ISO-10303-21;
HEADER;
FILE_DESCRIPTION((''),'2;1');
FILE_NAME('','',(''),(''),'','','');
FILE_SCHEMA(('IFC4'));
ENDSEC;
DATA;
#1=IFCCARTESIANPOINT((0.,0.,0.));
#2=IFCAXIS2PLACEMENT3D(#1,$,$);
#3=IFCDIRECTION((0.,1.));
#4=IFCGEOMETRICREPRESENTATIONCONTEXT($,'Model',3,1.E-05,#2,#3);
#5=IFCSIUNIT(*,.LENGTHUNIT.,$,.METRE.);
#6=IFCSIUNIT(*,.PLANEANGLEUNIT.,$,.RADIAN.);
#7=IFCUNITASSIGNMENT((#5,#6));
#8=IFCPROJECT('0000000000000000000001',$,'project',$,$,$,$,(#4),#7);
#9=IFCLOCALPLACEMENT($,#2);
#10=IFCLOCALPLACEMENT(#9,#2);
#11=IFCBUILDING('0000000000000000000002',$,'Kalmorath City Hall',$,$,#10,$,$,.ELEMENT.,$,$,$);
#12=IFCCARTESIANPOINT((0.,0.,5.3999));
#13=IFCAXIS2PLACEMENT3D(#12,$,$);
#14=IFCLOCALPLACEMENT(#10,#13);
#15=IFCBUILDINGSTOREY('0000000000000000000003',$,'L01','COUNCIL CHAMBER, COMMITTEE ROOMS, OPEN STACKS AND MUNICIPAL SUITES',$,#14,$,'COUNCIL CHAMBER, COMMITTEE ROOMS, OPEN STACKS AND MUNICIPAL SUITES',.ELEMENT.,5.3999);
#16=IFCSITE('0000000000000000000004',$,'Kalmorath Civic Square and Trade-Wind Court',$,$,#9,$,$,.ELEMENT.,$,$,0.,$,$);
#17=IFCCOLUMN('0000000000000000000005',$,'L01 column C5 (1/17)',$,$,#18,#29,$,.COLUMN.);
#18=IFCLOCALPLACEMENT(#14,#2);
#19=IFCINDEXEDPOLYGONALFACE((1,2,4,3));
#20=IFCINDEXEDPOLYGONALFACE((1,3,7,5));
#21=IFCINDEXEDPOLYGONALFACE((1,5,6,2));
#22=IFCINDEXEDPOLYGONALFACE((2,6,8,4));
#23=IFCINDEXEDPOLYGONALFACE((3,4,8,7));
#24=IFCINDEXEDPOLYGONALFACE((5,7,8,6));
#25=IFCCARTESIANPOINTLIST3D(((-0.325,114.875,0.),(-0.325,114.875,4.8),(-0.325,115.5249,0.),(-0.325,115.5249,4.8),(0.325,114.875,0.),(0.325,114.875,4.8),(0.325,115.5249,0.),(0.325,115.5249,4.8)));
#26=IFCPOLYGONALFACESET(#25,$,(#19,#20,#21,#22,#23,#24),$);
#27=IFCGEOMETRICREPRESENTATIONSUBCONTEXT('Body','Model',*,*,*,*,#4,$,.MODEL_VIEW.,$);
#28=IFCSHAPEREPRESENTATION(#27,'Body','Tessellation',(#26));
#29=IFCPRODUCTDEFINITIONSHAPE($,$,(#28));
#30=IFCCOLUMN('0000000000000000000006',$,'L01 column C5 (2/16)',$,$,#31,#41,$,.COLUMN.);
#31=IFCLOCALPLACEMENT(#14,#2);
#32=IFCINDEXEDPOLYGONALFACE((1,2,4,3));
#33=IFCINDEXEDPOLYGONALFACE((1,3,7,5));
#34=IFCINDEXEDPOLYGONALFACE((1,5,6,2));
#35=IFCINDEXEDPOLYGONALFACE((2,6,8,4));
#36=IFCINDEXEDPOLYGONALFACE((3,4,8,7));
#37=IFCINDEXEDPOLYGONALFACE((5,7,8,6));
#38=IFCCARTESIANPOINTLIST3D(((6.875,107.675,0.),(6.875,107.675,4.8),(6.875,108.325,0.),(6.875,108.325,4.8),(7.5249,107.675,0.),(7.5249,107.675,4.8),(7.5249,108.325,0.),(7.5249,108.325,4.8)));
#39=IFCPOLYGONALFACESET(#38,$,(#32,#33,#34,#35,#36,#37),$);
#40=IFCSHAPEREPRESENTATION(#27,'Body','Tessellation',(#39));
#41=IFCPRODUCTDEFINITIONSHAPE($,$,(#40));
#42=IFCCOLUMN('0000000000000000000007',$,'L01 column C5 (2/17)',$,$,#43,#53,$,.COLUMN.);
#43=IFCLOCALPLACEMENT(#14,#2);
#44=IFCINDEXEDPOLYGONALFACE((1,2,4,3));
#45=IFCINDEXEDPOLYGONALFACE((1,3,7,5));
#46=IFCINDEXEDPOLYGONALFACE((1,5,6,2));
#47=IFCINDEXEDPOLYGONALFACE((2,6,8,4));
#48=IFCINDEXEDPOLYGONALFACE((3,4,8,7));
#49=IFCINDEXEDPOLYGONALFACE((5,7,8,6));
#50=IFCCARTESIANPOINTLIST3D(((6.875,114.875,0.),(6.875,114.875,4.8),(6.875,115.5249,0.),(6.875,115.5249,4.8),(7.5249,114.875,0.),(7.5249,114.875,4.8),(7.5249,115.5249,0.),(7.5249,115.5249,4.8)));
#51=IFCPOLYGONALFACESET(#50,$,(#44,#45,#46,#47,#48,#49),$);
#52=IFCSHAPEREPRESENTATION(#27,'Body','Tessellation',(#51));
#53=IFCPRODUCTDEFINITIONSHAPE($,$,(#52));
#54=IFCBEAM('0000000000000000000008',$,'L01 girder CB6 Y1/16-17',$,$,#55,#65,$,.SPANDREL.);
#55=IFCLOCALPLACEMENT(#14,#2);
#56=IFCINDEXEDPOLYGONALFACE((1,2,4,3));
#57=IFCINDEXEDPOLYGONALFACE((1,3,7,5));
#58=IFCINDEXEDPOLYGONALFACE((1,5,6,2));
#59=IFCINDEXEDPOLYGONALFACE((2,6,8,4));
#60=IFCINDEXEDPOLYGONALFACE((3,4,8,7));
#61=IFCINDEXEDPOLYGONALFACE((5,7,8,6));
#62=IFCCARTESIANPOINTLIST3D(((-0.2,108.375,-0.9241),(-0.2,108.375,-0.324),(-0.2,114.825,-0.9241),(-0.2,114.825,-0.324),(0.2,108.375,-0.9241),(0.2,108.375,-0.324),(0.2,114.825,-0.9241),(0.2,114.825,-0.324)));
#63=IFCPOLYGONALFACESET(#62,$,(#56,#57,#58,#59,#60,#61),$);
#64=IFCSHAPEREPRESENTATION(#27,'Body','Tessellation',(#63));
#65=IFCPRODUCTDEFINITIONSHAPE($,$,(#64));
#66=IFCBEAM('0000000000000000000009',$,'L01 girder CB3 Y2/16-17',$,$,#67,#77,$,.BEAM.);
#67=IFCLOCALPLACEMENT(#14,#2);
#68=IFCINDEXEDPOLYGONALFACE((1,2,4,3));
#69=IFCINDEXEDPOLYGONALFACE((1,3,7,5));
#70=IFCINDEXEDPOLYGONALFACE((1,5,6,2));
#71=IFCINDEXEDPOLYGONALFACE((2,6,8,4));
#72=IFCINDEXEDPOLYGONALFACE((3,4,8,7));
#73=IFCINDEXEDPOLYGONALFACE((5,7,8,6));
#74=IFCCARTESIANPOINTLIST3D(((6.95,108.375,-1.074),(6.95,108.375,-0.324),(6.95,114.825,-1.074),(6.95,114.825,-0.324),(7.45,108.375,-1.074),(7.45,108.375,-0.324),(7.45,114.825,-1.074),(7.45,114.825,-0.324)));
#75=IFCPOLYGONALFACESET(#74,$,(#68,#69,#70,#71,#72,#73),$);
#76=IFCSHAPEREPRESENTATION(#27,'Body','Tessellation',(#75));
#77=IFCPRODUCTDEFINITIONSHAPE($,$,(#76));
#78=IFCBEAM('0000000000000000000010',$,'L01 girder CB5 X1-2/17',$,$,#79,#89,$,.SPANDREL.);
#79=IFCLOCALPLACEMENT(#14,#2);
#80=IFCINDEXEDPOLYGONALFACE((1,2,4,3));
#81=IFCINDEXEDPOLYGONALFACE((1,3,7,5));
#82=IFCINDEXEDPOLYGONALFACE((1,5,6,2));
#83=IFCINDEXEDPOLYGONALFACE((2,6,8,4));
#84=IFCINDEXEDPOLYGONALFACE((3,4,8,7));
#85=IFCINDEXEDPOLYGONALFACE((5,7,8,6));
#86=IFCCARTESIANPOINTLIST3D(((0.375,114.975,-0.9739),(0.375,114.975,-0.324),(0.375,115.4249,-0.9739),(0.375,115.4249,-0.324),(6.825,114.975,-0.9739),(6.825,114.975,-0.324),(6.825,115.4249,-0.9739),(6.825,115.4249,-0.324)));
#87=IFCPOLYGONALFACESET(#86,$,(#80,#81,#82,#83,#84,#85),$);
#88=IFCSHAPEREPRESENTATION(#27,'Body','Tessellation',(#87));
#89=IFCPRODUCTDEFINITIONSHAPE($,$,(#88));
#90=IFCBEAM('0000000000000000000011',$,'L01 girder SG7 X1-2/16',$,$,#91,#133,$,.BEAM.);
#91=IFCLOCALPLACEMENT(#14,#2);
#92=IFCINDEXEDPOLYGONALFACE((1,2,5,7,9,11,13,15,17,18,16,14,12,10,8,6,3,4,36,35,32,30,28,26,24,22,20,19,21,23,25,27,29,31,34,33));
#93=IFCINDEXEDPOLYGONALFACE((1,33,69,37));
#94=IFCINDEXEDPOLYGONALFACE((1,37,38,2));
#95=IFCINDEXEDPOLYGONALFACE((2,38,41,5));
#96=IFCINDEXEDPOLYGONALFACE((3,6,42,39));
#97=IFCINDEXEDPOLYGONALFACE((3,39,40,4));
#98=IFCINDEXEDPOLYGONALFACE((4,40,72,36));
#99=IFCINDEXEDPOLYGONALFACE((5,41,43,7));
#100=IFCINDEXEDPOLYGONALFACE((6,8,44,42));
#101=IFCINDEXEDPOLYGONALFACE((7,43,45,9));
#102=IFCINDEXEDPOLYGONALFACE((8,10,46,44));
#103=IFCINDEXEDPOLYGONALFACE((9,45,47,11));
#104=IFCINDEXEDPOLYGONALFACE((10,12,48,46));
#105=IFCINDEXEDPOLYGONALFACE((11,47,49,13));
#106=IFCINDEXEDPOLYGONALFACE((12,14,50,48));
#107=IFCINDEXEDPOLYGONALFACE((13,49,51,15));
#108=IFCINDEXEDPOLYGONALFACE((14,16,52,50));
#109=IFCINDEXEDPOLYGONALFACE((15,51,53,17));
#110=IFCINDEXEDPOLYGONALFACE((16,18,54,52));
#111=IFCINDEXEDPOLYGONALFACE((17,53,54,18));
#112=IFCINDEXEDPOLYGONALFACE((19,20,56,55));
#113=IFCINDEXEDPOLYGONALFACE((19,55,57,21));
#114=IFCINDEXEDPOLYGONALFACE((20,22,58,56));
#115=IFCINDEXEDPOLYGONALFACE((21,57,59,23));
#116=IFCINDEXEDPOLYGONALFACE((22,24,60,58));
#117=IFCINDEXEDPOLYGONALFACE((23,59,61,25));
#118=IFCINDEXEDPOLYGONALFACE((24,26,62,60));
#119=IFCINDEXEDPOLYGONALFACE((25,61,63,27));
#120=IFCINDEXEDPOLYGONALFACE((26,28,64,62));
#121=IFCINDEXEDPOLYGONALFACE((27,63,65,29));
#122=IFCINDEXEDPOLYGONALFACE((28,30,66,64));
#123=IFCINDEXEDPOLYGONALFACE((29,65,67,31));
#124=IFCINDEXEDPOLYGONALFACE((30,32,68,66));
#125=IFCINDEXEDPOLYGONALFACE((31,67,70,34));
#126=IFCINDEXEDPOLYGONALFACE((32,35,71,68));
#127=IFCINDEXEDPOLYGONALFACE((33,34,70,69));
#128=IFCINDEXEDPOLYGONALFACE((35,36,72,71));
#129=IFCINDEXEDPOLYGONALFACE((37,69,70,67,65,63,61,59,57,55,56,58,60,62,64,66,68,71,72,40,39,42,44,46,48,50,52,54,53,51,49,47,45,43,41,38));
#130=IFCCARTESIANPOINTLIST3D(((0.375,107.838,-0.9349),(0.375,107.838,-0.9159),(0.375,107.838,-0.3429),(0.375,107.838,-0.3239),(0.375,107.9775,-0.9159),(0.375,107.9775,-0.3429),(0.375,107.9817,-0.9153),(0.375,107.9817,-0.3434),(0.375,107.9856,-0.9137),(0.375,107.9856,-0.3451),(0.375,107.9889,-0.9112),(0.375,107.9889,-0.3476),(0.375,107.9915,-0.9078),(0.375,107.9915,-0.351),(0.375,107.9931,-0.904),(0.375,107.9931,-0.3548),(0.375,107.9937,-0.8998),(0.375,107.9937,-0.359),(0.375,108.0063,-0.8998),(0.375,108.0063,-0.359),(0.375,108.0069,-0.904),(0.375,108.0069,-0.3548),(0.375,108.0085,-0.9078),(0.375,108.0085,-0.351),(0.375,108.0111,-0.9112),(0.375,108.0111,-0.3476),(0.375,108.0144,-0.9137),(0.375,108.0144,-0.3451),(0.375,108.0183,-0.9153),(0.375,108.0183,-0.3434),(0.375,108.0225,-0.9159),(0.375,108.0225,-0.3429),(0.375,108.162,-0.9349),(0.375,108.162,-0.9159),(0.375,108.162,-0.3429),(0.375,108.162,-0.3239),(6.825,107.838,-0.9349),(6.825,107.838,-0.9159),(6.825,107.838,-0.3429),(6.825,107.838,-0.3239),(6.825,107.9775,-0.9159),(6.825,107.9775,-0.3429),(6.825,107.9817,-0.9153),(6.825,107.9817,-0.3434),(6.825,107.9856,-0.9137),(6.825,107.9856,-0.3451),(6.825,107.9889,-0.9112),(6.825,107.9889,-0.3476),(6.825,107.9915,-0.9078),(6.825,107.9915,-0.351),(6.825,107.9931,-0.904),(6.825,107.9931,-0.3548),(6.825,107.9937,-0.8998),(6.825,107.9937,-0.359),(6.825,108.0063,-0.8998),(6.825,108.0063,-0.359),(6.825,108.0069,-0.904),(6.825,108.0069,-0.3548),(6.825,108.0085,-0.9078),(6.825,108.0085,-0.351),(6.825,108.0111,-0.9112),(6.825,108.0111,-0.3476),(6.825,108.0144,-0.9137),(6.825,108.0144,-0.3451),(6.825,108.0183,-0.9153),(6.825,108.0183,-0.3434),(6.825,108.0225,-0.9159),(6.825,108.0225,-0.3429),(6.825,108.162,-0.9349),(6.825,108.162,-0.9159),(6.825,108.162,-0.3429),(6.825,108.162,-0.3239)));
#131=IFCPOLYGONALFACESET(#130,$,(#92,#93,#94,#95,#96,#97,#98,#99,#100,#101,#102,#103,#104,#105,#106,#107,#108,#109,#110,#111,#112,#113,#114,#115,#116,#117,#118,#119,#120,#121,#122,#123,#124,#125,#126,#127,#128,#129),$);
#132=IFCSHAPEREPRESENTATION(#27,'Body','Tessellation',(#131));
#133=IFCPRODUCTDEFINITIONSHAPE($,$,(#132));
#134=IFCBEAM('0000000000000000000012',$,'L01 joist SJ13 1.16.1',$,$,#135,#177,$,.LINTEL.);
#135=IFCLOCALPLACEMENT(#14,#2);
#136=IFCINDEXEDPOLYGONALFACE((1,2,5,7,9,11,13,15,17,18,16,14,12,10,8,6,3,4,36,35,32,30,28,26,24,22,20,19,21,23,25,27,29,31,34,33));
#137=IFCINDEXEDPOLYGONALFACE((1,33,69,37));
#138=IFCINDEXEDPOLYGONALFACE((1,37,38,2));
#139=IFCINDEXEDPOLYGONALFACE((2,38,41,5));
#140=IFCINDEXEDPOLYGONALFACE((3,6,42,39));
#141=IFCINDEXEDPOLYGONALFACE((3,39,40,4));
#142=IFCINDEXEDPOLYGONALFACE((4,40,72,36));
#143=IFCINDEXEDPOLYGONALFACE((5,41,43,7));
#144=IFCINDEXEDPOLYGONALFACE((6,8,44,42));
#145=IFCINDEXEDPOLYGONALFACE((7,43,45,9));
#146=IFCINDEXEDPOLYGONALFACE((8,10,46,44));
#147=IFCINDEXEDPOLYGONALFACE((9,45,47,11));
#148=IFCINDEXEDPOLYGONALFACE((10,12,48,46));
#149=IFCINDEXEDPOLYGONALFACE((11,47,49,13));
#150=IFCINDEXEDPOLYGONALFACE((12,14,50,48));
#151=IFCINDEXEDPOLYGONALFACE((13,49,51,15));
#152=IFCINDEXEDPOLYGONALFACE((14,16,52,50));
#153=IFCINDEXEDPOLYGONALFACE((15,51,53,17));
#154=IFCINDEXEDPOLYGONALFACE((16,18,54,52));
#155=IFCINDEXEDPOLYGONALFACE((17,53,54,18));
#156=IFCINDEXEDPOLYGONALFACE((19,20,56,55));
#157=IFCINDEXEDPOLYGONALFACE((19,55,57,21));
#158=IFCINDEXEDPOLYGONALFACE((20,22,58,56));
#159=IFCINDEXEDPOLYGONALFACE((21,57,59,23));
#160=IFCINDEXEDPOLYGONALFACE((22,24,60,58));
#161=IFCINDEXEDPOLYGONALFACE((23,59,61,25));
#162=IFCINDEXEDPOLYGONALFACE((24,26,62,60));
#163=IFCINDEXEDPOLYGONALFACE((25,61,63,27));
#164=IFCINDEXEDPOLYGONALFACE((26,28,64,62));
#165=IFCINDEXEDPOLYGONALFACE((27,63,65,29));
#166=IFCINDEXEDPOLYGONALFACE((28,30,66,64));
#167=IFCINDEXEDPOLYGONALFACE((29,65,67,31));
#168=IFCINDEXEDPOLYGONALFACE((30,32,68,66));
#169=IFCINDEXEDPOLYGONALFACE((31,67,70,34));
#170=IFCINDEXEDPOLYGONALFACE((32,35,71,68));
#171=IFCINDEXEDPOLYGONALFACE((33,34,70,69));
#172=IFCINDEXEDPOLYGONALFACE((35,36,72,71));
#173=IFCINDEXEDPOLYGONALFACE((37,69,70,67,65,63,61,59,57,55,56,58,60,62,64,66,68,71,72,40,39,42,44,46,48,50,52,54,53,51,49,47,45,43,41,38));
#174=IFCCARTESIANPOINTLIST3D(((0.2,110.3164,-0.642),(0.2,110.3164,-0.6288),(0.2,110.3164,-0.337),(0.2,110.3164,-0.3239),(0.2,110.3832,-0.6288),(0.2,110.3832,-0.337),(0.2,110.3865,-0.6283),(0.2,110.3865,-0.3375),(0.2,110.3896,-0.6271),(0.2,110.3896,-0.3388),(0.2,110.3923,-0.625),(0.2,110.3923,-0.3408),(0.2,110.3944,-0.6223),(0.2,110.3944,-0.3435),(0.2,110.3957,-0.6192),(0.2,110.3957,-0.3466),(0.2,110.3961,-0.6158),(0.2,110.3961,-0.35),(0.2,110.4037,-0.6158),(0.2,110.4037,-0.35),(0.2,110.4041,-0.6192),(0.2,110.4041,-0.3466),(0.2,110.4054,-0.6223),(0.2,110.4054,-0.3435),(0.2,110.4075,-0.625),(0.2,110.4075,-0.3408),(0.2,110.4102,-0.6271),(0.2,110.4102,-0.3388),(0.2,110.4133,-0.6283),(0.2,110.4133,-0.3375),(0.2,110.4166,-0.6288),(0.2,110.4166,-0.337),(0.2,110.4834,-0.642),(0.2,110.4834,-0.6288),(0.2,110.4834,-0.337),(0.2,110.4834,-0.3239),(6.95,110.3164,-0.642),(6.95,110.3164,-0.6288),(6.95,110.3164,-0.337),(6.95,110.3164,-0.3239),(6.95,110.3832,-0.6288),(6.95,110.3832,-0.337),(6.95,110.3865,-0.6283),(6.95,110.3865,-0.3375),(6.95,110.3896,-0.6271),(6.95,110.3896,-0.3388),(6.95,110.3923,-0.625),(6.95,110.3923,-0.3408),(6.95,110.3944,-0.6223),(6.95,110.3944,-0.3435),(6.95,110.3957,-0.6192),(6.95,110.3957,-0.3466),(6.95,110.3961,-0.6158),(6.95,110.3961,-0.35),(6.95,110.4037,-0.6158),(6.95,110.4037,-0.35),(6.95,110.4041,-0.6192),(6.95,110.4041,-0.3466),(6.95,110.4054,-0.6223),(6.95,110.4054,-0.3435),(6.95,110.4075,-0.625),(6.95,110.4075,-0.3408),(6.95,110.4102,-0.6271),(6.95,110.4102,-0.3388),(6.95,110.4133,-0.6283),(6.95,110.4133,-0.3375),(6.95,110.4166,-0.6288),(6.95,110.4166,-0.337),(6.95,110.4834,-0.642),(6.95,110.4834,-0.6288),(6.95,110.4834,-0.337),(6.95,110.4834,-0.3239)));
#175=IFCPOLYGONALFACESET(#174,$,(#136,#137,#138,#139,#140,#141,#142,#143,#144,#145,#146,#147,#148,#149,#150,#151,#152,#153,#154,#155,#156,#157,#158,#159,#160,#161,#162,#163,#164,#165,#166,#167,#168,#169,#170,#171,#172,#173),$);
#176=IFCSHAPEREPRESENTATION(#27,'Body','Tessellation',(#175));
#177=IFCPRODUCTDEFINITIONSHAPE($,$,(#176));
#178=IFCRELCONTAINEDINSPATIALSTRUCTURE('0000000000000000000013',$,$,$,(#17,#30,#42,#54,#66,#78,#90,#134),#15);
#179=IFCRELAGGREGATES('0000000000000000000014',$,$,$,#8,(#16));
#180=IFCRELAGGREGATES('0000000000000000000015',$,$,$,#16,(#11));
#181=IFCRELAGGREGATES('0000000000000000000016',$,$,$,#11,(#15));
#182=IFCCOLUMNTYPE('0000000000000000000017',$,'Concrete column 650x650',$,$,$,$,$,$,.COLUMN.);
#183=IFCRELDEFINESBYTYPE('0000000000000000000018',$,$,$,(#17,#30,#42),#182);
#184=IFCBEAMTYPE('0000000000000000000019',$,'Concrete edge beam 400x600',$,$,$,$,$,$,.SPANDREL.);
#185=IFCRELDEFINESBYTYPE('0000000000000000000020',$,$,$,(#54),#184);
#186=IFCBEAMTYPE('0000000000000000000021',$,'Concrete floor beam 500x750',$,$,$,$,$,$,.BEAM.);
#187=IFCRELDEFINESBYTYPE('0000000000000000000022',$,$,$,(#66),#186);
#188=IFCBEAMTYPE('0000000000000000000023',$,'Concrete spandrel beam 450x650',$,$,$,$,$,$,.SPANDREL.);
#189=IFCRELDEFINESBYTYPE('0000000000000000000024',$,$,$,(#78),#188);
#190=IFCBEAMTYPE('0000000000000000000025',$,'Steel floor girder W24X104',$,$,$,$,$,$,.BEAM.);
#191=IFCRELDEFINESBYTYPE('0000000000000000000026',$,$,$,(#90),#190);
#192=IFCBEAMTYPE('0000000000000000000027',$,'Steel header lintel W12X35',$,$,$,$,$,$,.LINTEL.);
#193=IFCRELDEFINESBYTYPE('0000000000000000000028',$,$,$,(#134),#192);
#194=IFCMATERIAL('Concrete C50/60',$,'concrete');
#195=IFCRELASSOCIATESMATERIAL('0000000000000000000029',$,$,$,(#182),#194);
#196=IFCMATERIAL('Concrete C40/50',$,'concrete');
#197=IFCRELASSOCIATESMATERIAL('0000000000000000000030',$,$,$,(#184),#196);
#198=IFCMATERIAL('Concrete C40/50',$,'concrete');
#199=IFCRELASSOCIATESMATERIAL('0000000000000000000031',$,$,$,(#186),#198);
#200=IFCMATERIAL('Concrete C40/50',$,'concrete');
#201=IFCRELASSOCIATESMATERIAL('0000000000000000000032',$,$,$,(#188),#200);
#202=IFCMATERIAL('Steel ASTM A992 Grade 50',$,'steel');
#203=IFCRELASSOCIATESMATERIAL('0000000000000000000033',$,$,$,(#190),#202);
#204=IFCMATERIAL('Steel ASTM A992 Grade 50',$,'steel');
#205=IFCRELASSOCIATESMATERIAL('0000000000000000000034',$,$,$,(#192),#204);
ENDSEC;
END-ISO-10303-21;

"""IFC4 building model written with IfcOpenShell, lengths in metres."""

from ifc_helpers import new_model, si_unit, direction, frame, origin, origin_2d, place, context, subcontext, project, spatial, rectangle, i_section, extrude, material, material_profile, profile_set, type_object, element, save


model = new_model("IFC4")

# Units and contexts
model_context = context("Model", 3, precision=1e-05, world=origin(), true_north=direction((0.0, 1.0)))
body_context = subcontext(model_context, "Body", "Model", "MODEL_VIEW")
ifc_project = project(units=[si_unit("LENGTHUNIT", "METRE"), si_unit("PLANEANGLEUNIT", "RADIAN")], contexts=[model_context])

# Site, building, storey
site_placement = place(None, origin())
site = spatial("IfcSite", under=ifc_project, at=site_placement, Name="Kalmorath Civic Square and Trade-Wind Court", CompositionType="ELEMENT", RefElevation=0.0)
building_placement = place(site_placement, origin())
building = spatial("IfcBuilding", under=site, at=building_placement, Name="Kalmorath City Hall", CompositionType="ELEMENT")
storey_placement = place(building_placement, frame((0.0, 0.0, 5.3999)))
storey = spatial("IfcBuildingStorey", under=building, at=storey_placement, Name="L01", Description="COUNCIL CHAMBER, COMMITTEE ROOMS, OPEN STACKS AND MUNICIPAL SUITES", LongName="COUNCIL CHAMBER, COMMITTEE ROOMS, OPEN STACKS AND MUNICIPAL SUITES", CompositionType="ELEMENT", Elevation=5.3999)

# Columns
ifc_material_1 = material(Name="Concrete C50/60", Category="concrete")
ifc_material_profile_1 = material_profile(ifc_material_1, rectangle(XDim=0.6499, YDim=0.6499, at=origin_2d()), Name="RC-COL-650X650")
ifc_profile_set_1 = profile_set([ifc_material_profile_1], Name="Concrete C50/60")
column_type = type_object("IfcColumnType", Name="Concrete column 650x650", PredefinedType="COLUMN", material=ifc_profile_set_1)
for number, where, z_axis, x_axis, name in (
    (1, (0.0, 115.2, 0.0), (0.0, 0.0, 1.0), (1.0, 0.0, 0.0), "L01 column C5 (1/17)"),
    (2, (7.2, 108.0, 0.0), (0.0, 0.0, 1.0), (1.0, 0.0, 0.0), "L01 column C5 (2/16)"),
    (3, (7.2, 115.2, 0.0), (0.0, 0.0, 1.0), (1.0, 0.0, 0.0), "L01 column C5 (2/17)"),
):
    element("IfcColumn", number, at=place(storey_placement, frame(where, z_axis=z_axis, x_axis=x_axis)), inside=storey, type_object=column_type, Name=name, PredefinedType="COLUMN", context=body_context, shape_type="SweptSolid", body=[
        extrude(rectangle(XDim=0.6499, YDim=0.6499, at=origin_2d()), origin(), (0.0, 0.0, 1.0), 4.8),
    ])

# Beams
ifc_material_2 = material(Name="Concrete C40/50", Category="concrete")
ifc_material_profile_2 = material_profile(ifc_material_2, rectangle(XDim=0.3999, YDim=0.6001, at=origin_2d()), Name="RC-BM-400X600")
ifc_profile_set_2 = profile_set([ifc_material_profile_2], Name="Concrete C40/50")
beam_type_1 = type_object("IfcBeamType", Name="Concrete edge beam 400x600", PredefinedType="SPANDREL", material=ifc_profile_set_2)
beam_1_placement = place(storey_placement, frame((0.0, 108.375, -0.624), z_axis=(0.0, 1.0, 0.0), x_axis=(-1.0, 0.0, 0.0)))
element("IfcBeam", 4, at=beam_1_placement, inside=storey, type_object=beam_type_1, Name="L01 girder CB6 Y1/16-17", PredefinedType="SPANDREL", context=body_context, shape_type="SweptSolid", body=[
    extrude(rectangle(XDim=0.3999, YDim=0.6001, at=origin_2d()), origin(), (0.0, 0.0, 1.0), 6.45),
])
ifc_material_3 = material(Name="Concrete C40/50", Category="concrete")
ifc_material_profile_3 = material_profile(ifc_material_3, rectangle(XDim=0.5, YDim=0.75, at=origin_2d()), Name="RC-BM-500X750")
ifc_profile_set_3 = profile_set([ifc_material_profile_3], Name="Concrete C40/50")
beam_type_2 = type_object("IfcBeamType", Name="Concrete floor beam 500x750", PredefinedType="BEAM", material=ifc_profile_set_3)
beam_2_placement = place(storey_placement, frame((7.2, 108.375, -0.699), z_axis=(0.0, 1.0, 0.0), x_axis=(-1.0, 0.0, 0.0)))
element("IfcBeam", 5, at=beam_2_placement, inside=storey, type_object=beam_type_2, Name="L01 girder CB3 Y2/16-17", PredefinedType="BEAM", context=body_context, shape_type="SweptSolid", body=[
    extrude(rectangle(XDim=0.5, YDim=0.75, at=origin_2d()), origin(), (0.0, 0.0, 1.0), 6.45),
])
ifc_material_4 = material(Name="Concrete C40/50", Category="concrete")
ifc_material_profile_4 = material_profile(ifc_material_4, rectangle(XDim=0.45, YDim=0.6499, at=origin_2d()), Name="RC-BM-450X650")
ifc_profile_set_4 = profile_set([ifc_material_profile_4], Name="Concrete C40/50")
beam_type_3 = type_object("IfcBeamType", Name="Concrete spandrel beam 450x650", PredefinedType="SPANDREL", material=ifc_profile_set_4)
beam_3_placement = place(storey_placement, frame((0.375, 115.2, -0.6489), z_axis=(1.0, 0.0, 0.0), x_axis=(0.0, 1.0, 0.0)))
element("IfcBeam", 6, at=beam_3_placement, inside=storey, type_object=beam_type_3, Name="L01 girder CB5 X1-2/17", PredefinedType="SPANDREL", context=body_context, shape_type="SweptSolid", body=[
    extrude(rectangle(XDim=0.45, YDim=0.6499, at=origin_2d()), origin(), (0.0, 0.0, 1.0), 6.45),
])
ifc_material_5 = material(Name="Steel ASTM A992 Grade 50", Category="steel")
ifc_material_profile_5 = material_profile(ifc_material_5, i_section(OverallWidth=0.324, OverallDepth=0.6111, WebThickness=0.0127, FlangeThickness=0.019, FilletRadius=0.0161, at=origin_2d()), Name="W24X104")
ifc_profile_set_5 = profile_set([ifc_material_profile_5], Name="Steel ASTM A992 Grade 50")
beam_type_4 = type_object("IfcBeamType", Name="Steel floor girder W24X104", PredefinedType="BEAM", material=ifc_profile_set_5)
beam_4_placement = place(storey_placement, frame((0.375, 108.0, -0.6294), z_axis=(1.0, 0.0, 0.0), x_axis=(0.0, 1.0, 0.0)))
element("IfcBeam", 7, at=beam_4_placement, inside=storey, type_object=beam_type_4, Name="L01 girder SG7 X1-2/16", PredefinedType="BEAM", context=body_context, shape_type="SweptSolid", body=[
    extrude(i_section(OverallWidth=0.324, OverallDepth=0.6111, WebThickness=0.0127, FlangeThickness=0.019, FilletRadius=0.0161, at=origin_2d()), origin(), (0.0, 0.0, 1.0), 6.45),
])
ifc_material_6 = material(Name="Steel ASTM A992 Grade 50", Category="steel")
ifc_material_profile_6 = material_profile(ifc_material_6, i_section(OverallWidth=0.167, OverallDepth=0.3181, WebThickness=0.0076, FlangeThickness=0.0132, FilletRadius=0.0129, at=origin_2d()), Name="W12X35")
ifc_profile_set_6 = profile_set([ifc_material_profile_6], Name="Steel ASTM A992 Grade 50")
beam_type_5 = type_object("IfcBeamType", Name="Steel header lintel W12X35", PredefinedType="LINTEL", material=ifc_profile_set_6)
for number, where, z_axis, x_axis, name in (
    (8, (0.2, 110.3999, -0.4829), (1.0, 0.0, 0.0), (0.0, 1.0, 0.0), "L01 joist SJ13 1.16.1"),
):
    element("IfcBeam", number, at=place(storey_placement, frame(where, z_axis=z_axis, x_axis=x_axis)), inside=storey, type_object=beam_type_5, Name=name, PredefinedType="LINTEL", context=body_context, shape_type="SweptSolid", body=[
        extrude(i_section(OverallWidth=0.167, OverallDepth=0.3181, WebThickness=0.0076, FlangeThickness=0.0132, FilletRadius=0.0129, at=origin_2d()), origin(), (0.0, 0.0, 1.0), 6.75),
    ])

save(model, "model.ifc")
